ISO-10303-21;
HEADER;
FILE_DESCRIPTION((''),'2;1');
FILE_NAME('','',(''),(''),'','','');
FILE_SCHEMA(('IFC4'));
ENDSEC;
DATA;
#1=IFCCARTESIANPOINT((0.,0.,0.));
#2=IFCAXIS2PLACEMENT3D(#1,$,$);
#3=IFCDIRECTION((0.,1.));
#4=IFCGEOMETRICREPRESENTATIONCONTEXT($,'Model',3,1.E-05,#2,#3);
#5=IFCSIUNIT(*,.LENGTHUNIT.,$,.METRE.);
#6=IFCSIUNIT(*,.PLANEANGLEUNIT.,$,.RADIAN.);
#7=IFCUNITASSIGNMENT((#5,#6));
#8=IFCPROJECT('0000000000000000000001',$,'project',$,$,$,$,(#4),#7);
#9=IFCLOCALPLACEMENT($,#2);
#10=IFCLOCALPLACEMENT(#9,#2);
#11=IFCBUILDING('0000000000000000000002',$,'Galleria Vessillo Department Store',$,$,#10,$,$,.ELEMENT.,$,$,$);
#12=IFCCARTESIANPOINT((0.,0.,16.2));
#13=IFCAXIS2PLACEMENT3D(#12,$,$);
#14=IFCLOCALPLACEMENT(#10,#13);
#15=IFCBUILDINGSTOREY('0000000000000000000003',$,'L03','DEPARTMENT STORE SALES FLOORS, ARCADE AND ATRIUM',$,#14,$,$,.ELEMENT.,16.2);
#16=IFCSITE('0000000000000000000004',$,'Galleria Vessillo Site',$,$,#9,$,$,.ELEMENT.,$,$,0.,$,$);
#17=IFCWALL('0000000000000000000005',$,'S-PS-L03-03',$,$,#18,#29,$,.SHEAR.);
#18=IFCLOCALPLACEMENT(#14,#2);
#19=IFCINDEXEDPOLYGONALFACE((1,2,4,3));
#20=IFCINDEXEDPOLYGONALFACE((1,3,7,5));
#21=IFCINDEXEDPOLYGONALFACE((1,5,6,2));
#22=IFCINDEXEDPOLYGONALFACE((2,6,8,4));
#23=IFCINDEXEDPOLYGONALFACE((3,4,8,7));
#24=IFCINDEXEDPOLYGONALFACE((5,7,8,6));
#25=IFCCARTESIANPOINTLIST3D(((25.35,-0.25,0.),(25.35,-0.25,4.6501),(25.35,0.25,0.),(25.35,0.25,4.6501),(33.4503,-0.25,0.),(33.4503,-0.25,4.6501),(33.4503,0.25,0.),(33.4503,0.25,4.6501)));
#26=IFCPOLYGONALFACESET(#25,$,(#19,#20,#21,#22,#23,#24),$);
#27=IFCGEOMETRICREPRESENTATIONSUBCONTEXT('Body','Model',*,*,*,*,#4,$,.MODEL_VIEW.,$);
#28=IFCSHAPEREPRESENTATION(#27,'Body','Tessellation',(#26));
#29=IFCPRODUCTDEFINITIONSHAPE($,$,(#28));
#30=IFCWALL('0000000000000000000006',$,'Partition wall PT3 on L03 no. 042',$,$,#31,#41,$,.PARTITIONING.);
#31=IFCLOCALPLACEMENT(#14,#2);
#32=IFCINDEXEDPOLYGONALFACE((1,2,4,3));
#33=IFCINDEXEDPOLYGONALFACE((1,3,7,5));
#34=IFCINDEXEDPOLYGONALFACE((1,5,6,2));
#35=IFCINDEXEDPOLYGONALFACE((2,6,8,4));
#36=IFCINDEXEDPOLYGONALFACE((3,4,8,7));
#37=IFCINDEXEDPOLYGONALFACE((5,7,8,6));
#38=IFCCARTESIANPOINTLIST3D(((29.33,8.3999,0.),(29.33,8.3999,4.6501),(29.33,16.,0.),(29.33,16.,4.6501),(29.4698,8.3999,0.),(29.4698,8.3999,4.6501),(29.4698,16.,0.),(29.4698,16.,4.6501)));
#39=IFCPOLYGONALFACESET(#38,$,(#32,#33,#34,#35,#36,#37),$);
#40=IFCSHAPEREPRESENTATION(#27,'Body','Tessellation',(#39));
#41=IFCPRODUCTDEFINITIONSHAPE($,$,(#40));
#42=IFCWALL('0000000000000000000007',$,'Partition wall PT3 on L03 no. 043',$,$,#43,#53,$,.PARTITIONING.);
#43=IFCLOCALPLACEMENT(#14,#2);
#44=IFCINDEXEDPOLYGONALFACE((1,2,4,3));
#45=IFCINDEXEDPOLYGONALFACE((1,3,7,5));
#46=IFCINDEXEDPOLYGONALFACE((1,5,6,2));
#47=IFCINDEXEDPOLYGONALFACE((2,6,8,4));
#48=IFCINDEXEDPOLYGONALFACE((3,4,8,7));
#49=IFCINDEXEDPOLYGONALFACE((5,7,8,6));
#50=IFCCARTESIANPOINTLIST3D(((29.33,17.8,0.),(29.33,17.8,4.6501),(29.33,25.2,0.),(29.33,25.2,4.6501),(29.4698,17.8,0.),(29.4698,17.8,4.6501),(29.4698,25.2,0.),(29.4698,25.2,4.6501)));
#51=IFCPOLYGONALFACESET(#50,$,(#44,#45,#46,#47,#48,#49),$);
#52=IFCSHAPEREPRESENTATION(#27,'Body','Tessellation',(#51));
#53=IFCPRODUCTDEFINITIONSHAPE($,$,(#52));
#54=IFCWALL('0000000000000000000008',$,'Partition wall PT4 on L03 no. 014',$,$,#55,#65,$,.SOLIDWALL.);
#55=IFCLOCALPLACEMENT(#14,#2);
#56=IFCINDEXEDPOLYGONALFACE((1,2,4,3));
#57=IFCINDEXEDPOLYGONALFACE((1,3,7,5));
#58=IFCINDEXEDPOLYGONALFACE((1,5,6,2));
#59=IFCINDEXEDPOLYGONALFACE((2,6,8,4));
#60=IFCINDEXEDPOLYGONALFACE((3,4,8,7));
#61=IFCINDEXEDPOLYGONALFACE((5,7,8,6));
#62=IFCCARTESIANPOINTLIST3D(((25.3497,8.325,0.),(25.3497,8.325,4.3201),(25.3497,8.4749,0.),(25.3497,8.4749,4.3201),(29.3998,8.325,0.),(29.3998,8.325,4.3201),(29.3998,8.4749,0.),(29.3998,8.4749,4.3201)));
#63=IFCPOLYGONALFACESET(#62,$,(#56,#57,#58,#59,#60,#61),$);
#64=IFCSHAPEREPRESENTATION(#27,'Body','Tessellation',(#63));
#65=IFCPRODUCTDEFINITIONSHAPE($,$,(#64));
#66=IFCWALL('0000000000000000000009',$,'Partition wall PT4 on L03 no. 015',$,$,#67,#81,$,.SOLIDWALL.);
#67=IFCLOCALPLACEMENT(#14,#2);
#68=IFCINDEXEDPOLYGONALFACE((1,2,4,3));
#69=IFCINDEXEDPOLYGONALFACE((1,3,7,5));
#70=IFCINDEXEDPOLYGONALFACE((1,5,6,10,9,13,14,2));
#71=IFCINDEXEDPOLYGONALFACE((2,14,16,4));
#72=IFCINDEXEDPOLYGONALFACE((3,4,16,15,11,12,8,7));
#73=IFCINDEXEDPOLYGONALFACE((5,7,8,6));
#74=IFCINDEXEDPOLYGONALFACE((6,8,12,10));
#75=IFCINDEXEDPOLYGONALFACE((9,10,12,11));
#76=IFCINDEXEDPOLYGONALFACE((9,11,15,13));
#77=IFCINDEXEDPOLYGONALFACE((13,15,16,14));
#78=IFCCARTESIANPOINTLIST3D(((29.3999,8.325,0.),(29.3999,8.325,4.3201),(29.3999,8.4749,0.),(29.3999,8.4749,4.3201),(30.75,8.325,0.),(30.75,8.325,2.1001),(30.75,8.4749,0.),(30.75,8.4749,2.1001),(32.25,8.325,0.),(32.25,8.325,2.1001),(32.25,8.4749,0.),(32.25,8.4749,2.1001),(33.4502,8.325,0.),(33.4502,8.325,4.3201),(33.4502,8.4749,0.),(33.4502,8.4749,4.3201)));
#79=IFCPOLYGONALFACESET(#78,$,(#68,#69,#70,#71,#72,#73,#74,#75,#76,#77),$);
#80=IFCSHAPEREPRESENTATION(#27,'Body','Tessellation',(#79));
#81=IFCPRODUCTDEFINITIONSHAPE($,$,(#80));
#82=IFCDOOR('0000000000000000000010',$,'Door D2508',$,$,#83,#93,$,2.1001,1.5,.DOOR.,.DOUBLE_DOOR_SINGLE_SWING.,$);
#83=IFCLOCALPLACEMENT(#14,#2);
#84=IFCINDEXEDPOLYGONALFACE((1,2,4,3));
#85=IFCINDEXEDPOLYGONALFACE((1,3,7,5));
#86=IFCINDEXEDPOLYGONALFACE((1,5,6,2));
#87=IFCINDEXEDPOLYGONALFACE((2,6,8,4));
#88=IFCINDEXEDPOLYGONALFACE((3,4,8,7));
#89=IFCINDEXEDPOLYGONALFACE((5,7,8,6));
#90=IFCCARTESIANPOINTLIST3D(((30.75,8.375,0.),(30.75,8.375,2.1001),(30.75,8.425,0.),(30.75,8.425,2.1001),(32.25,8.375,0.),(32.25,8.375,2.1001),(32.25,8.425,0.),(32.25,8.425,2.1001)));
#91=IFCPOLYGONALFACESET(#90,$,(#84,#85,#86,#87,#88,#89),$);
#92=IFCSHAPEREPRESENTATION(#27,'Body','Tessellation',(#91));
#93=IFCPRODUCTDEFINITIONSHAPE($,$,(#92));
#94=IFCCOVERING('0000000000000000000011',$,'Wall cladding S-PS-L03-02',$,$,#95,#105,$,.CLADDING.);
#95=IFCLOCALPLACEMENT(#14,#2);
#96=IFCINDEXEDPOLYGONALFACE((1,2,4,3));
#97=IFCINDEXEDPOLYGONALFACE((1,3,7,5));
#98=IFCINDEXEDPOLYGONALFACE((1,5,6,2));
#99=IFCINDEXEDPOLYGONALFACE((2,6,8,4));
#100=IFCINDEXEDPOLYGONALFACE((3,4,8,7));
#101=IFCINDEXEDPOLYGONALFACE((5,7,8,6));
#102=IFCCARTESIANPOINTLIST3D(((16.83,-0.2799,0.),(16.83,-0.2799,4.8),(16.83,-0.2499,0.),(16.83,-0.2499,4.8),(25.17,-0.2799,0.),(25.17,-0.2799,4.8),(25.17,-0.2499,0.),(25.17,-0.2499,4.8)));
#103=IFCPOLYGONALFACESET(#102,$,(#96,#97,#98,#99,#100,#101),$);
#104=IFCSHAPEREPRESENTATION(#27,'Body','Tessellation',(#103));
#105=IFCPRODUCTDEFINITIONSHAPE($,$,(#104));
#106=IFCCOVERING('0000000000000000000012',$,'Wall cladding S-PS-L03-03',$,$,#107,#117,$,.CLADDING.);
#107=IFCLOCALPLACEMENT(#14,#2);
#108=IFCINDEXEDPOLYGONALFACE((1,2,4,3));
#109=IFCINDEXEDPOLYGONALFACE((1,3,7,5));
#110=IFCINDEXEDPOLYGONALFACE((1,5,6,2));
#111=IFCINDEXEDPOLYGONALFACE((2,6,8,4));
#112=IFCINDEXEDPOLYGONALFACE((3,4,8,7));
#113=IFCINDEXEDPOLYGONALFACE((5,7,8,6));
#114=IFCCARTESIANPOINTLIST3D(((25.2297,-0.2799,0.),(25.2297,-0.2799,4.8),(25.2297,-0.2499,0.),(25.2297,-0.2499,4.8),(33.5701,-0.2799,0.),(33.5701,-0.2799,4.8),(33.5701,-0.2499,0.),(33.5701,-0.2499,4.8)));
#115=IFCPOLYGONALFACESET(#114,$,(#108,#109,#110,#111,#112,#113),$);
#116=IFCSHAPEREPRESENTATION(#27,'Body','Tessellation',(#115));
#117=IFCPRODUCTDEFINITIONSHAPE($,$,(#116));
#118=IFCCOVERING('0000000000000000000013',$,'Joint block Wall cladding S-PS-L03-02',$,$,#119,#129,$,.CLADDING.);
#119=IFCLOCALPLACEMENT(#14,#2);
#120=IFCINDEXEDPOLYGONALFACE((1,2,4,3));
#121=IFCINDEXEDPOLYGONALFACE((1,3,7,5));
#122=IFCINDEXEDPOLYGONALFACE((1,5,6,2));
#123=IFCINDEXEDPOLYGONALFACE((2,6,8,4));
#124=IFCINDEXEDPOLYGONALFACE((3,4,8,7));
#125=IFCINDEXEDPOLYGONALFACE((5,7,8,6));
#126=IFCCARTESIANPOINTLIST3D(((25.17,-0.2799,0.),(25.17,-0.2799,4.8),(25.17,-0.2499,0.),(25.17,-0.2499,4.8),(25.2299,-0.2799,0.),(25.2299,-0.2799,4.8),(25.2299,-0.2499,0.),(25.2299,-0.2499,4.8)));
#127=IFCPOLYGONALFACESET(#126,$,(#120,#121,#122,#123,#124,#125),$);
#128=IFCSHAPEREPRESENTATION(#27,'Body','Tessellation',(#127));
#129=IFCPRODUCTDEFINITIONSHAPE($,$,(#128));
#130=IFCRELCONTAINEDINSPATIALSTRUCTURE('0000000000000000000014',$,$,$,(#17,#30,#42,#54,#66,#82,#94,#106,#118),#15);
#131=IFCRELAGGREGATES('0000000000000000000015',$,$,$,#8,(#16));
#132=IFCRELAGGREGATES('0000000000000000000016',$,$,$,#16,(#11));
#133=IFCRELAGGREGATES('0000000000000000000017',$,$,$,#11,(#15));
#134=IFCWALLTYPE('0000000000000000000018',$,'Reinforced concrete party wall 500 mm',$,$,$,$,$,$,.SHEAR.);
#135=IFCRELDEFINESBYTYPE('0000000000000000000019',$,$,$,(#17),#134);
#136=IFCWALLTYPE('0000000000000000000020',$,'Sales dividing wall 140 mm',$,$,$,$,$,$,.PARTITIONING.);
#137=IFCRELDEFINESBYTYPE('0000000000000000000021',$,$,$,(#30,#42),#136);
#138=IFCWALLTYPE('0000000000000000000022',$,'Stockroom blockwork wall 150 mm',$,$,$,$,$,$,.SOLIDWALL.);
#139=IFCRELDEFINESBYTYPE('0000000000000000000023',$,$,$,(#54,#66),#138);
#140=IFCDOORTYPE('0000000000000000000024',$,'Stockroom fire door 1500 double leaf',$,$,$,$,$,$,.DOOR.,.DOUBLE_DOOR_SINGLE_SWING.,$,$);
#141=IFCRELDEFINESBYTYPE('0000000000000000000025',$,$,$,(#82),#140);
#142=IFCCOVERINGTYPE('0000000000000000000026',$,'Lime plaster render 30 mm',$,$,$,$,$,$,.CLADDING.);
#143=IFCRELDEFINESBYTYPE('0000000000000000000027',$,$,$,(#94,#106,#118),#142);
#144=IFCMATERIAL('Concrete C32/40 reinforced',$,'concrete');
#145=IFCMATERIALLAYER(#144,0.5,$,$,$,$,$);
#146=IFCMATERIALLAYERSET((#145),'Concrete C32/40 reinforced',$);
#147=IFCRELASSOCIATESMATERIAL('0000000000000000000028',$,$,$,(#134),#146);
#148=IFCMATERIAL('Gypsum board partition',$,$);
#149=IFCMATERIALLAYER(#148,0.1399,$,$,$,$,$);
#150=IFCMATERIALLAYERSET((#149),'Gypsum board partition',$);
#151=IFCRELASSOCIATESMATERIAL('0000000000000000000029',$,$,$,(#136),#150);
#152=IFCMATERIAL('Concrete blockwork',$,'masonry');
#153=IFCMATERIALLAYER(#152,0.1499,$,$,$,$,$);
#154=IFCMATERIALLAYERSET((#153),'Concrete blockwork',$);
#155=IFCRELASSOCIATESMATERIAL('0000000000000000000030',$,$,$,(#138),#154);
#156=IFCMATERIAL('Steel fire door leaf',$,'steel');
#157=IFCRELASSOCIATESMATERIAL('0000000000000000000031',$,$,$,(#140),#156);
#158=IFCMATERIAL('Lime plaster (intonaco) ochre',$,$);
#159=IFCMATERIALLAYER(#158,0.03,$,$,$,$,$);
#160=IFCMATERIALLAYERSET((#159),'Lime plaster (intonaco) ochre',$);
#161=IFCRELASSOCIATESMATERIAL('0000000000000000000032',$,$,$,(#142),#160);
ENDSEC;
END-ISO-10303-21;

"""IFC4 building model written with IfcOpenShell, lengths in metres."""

from ifc_helpers import new_model, si_unit, direction, frame, frame_2d, origin, origin_2d, place, context, subcontext, project, spatial, rectangle, extrude, material, layer, layer_set, type_object, element, fill, save


model = new_model("IFC4")

# Units and contexts
model_context = context("Model", 3, precision=1e-05, world=origin(), true_north=direction((0.0, 1.0)))
body_context = subcontext(model_context, "Body", "Model", "MODEL_VIEW")
ifc_project = project(units=[si_unit("LENGTHUNIT", "METRE"), si_unit("PLANEANGLEUNIT", "RADIAN")], contexts=[model_context])

# Site, building, storey
site_placement = place(None, origin())
site = spatial("IfcSite", under=ifc_project, at=site_placement, Name="Galleria Vessillo Site", CompositionType="ELEMENT", RefElevation=0.0)
building_placement = place(site_placement, origin())
building = spatial("IfcBuilding", under=site, at=building_placement, Name="Galleria Vessillo Department Store", CompositionType="ELEMENT")
storey_placement = place(building_placement, frame((0.0, 0.0, 16.2)))
storey = spatial("IfcBuildingStorey", under=building, at=storey_placement, Name="L03", Description="DEPARTMENT STORE SALES FLOORS, ARCADE AND ATRIUM", CompositionType="ELEMENT", Elevation=16.2)

# Walls
ifc_material_1 = material(Name="Concrete C32/40 reinforced", Category="concrete")
ifc_layer_1 = layer(ifc_material_1, 0.5)
ifc_layer_set_1 = layer_set([ifc_layer_1], Name="Concrete C32/40 reinforced")
wall_type_1 = type_object("IfcWallType", Name="Reinforced concrete party wall 500 mm", PredefinedType="SHEAR", material=ifc_layer_set_1)
wall_1_placement = place(storey_placement, frame((25.3499, 0.0, 0.0), z_axis=(0.0, 0.0, 1.0), x_axis=(1.0, 0.0, 0.0)))
element("IfcWall", 1, at=wall_1_placement, inside=storey, type_object=wall_type_1, Name="S-PS-L03-03", PredefinedType="SHEAR", context=body_context, shape_type="SweptSolid", body=[
    extrude(rectangle(XDim=8.1003, YDim=0.5, at=frame_2d((4.0503, 0.0))), origin(), (0.0, 0.0, 1.0), 4.6501),
])
ifc_material_2 = material(Name="Gypsum board partition")
ifc_layer_2 = layer(ifc_material_2, 0.1399)
ifc_layer_set_2 = layer_set([ifc_layer_2], Name="Gypsum board partition")
wall_type_2 = type_object("IfcWallType", Name="Sales dividing wall 140 mm", PredefinedType="PARTITIONING", material=ifc_layer_set_2)
wall_2_placement = place(storey_placement, frame((29.3999, 8.3999, 0.0), z_axis=(0.0, 0.0, 1.0), x_axis=(0.0, 1.0, 0.0)))
element("IfcWall", 2, at=wall_2_placement, inside=storey, type_object=wall_type_2, Name="Partition wall PT3 on L03 no. 042", PredefinedType="PARTITIONING", context=body_context, shape_type="SweptSolid", body=[
    extrude(rectangle(XDim=7.6001, YDim=0.1399, at=frame_2d((3.8, 0.0))), origin(), (0.0, 0.0, 1.0), 4.6501),
])
wall_3_placement = place(storey_placement, frame((29.3999, 17.8, 0.0), z_axis=(0.0, 0.0, 1.0), x_axis=(0.0, 1.0, 0.0)))
element("IfcWall", 3, at=wall_3_placement, inside=storey, type_object=wall_type_2, Name="Partition wall PT3 on L03 no. 043", PredefinedType="PARTITIONING", context=body_context, shape_type="SweptSolid", body=[
    extrude(rectangle(XDim=7.3999, YDim=0.1399, at=frame_2d((3.7, 0.0))), origin(), (0.0, 0.0, 1.0), 4.6501),
])
ifc_material_3 = material(Name="Concrete blockwork", Category="masonry")
ifc_layer_3 = layer(ifc_material_3, 0.1499)
ifc_layer_set_3 = layer_set([ifc_layer_3], Name="Concrete blockwork")
wall_type_3 = type_object("IfcWallType", Name="Stockroom blockwork wall 150 mm", PredefinedType="SOLIDWALL", material=ifc_layer_set_3)
wall_4_placement = place(storey_placement, frame((25.3499, 8.3999, 0.0), z_axis=(0.0, 0.0, 1.0), x_axis=(1.0, 0.0, 0.0)))
element("IfcWall", 4, at=wall_4_placement, inside=storey, type_object=wall_type_3, Name="Partition wall PT4 on L03 no. 014", PredefinedType="SOLIDWALL", context=body_context, shape_type="SweptSolid", body=[
    extrude(rectangle(XDim=4.05, YDim=0.1499, at=frame_2d((2.0249, 0.0))), origin(), (0.0, 0.0, 1.0), 4.3201),
])

# Wall, opening, door
wall_5_placement = place(storey_placement, frame((29.3999, 8.3999, 0.0), z_axis=(0.0, 0.0, 1.0), x_axis=(1.0, 0.0, 0.0)))
wall_5 = element("IfcWall", 5, at=wall_5_placement, inside=storey, type_object=wall_type_3, Name="Partition wall PT4 on L03 no. 015", PredefinedType="SOLIDWALL", context=body_context, shape_type="SweptSolid", body=[
    extrude(rectangle(XDim=4.0503, YDim=0.1499, at=frame_2d((2.0251, 0.0))), origin(), (0.0, 0.0, 1.0), 4.3201),
])
opening_placement = place(wall_5_placement, frame((1.3501, 0.0, 0.0)))
opening = element("IfcOpeningElement", 6, at=opening_placement, cuts=wall_5, PredefinedType="OPENING", context=body_context, shape_type="SweptSolid", body=[
    extrude(rectangle(XDim=1.5, YDim=2.1001, at=frame_2d((0.75, 1.05))), frame((0.0, 0.085, 0.0), z_axis=(0.0, -1.0, 0.0), x_axis=(1.0, 0.0, 0.0)), (0.0, 0.0, 1.0), 0.1699),
])
ifc_material_4 = material(Name="Steel fire door leaf", Category="steel")
door_type = type_object("IfcDoorType", Name="Stockroom fire door 1500 double leaf", OperationType="DOUBLE_DOOR_SINGLE_SWING", PredefinedType="DOOR", material=ifc_material_4)
door_placement = place(opening_placement, frame((1.5, 0.0, 0.0), z_axis=(0.0, 0.0, 1.0), x_axis=(-1.0, 0.0, 0.0)))
door = element("IfcDoor", 7, at=door_placement, inside=storey, type_object=door_type, Name="Door D2508", OperationType="DOUBLE_DOOR_SINGLE_SWING", OverallHeight=2.1001, OverallWidth=1.5, PredefinedType="DOOR", context=body_context, shape_type="SweptSolid", body=[
    extrude(rectangle(XDim=1.5, YDim=2.1001, at=frame_2d((0.75, 1.05))), frame((0.0, 0.0249, 0.0), z_axis=(0.0, -1.0, 0.0), x_axis=(1.0, 0.0, 0.0)), (0.0, 0.0, 1.0), 0.05),
])
fill(opening, door)

# Coverings
ifc_material_5 = material(Name="Lime plaster (intonaco) ochre")
ifc_layer_4 = layer(ifc_material_5, 0.03)
ifc_layer_set_4 = layer_set([ifc_layer_4], Name="Lime plaster (intonaco) ochre")
covering_type = type_object("IfcCoveringType", Name="Lime plaster render 30 mm", PredefinedType="CLADDING", material=ifc_layer_set_4)
covering_1_placement = place(storey_placement, frame((21.0, -0.2649, 0.0), z_axis=(0.0, 0.0, 1.0), x_axis=(1.0, 0.0, 0.0)))
element("IfcCovering", 8, at=covering_1_placement, inside=storey, type_object=covering_type, Name="Wall cladding S-PS-L03-02", PredefinedType="CLADDING", context=body_context, shape_type="SweptSolid", body=[
    extrude(rectangle(XDim=8.3401, YDim=0.03, at=origin_2d()), origin(), (0.0, 0.0, 1.0), 4.8),
])
covering_2_placement = place(storey_placement, frame((29.3999, -0.2649, 0.0), z_axis=(0.0, 0.0, 1.0), x_axis=(1.0, 0.0, 0.0)))
element("IfcCovering", 9, at=covering_2_placement, inside=storey, type_object=covering_type, Name="Wall cladding S-PS-L03-03", PredefinedType="CLADDING", context=body_context, shape_type="SweptSolid", body=[
    extrude(rectangle(XDim=8.3403, YDim=0.03, at=origin_2d()), origin(), (0.0, 0.0, 1.0), 4.8),
])
covering_3_placement = place(storey_placement, frame((25.2, -0.2649, 0.0), z_axis=(0.0, 0.0, 1.0), x_axis=(1.0, 0.0, 0.0)))
element("IfcCovering", 10, at=covering_3_placement, inside=storey, type_object=covering_type, Name="Joint block Wall cladding S-PS-L03-02", PredefinedType="CLADDING", context=body_context, shape_type="SweptSolid", body=[
    extrude(rectangle(XDim=0.0598, YDim=0.03, at=origin_2d()), origin(), (0.0, 0.0, 1.0), 4.8),
])

save(model, "model.ifc")
